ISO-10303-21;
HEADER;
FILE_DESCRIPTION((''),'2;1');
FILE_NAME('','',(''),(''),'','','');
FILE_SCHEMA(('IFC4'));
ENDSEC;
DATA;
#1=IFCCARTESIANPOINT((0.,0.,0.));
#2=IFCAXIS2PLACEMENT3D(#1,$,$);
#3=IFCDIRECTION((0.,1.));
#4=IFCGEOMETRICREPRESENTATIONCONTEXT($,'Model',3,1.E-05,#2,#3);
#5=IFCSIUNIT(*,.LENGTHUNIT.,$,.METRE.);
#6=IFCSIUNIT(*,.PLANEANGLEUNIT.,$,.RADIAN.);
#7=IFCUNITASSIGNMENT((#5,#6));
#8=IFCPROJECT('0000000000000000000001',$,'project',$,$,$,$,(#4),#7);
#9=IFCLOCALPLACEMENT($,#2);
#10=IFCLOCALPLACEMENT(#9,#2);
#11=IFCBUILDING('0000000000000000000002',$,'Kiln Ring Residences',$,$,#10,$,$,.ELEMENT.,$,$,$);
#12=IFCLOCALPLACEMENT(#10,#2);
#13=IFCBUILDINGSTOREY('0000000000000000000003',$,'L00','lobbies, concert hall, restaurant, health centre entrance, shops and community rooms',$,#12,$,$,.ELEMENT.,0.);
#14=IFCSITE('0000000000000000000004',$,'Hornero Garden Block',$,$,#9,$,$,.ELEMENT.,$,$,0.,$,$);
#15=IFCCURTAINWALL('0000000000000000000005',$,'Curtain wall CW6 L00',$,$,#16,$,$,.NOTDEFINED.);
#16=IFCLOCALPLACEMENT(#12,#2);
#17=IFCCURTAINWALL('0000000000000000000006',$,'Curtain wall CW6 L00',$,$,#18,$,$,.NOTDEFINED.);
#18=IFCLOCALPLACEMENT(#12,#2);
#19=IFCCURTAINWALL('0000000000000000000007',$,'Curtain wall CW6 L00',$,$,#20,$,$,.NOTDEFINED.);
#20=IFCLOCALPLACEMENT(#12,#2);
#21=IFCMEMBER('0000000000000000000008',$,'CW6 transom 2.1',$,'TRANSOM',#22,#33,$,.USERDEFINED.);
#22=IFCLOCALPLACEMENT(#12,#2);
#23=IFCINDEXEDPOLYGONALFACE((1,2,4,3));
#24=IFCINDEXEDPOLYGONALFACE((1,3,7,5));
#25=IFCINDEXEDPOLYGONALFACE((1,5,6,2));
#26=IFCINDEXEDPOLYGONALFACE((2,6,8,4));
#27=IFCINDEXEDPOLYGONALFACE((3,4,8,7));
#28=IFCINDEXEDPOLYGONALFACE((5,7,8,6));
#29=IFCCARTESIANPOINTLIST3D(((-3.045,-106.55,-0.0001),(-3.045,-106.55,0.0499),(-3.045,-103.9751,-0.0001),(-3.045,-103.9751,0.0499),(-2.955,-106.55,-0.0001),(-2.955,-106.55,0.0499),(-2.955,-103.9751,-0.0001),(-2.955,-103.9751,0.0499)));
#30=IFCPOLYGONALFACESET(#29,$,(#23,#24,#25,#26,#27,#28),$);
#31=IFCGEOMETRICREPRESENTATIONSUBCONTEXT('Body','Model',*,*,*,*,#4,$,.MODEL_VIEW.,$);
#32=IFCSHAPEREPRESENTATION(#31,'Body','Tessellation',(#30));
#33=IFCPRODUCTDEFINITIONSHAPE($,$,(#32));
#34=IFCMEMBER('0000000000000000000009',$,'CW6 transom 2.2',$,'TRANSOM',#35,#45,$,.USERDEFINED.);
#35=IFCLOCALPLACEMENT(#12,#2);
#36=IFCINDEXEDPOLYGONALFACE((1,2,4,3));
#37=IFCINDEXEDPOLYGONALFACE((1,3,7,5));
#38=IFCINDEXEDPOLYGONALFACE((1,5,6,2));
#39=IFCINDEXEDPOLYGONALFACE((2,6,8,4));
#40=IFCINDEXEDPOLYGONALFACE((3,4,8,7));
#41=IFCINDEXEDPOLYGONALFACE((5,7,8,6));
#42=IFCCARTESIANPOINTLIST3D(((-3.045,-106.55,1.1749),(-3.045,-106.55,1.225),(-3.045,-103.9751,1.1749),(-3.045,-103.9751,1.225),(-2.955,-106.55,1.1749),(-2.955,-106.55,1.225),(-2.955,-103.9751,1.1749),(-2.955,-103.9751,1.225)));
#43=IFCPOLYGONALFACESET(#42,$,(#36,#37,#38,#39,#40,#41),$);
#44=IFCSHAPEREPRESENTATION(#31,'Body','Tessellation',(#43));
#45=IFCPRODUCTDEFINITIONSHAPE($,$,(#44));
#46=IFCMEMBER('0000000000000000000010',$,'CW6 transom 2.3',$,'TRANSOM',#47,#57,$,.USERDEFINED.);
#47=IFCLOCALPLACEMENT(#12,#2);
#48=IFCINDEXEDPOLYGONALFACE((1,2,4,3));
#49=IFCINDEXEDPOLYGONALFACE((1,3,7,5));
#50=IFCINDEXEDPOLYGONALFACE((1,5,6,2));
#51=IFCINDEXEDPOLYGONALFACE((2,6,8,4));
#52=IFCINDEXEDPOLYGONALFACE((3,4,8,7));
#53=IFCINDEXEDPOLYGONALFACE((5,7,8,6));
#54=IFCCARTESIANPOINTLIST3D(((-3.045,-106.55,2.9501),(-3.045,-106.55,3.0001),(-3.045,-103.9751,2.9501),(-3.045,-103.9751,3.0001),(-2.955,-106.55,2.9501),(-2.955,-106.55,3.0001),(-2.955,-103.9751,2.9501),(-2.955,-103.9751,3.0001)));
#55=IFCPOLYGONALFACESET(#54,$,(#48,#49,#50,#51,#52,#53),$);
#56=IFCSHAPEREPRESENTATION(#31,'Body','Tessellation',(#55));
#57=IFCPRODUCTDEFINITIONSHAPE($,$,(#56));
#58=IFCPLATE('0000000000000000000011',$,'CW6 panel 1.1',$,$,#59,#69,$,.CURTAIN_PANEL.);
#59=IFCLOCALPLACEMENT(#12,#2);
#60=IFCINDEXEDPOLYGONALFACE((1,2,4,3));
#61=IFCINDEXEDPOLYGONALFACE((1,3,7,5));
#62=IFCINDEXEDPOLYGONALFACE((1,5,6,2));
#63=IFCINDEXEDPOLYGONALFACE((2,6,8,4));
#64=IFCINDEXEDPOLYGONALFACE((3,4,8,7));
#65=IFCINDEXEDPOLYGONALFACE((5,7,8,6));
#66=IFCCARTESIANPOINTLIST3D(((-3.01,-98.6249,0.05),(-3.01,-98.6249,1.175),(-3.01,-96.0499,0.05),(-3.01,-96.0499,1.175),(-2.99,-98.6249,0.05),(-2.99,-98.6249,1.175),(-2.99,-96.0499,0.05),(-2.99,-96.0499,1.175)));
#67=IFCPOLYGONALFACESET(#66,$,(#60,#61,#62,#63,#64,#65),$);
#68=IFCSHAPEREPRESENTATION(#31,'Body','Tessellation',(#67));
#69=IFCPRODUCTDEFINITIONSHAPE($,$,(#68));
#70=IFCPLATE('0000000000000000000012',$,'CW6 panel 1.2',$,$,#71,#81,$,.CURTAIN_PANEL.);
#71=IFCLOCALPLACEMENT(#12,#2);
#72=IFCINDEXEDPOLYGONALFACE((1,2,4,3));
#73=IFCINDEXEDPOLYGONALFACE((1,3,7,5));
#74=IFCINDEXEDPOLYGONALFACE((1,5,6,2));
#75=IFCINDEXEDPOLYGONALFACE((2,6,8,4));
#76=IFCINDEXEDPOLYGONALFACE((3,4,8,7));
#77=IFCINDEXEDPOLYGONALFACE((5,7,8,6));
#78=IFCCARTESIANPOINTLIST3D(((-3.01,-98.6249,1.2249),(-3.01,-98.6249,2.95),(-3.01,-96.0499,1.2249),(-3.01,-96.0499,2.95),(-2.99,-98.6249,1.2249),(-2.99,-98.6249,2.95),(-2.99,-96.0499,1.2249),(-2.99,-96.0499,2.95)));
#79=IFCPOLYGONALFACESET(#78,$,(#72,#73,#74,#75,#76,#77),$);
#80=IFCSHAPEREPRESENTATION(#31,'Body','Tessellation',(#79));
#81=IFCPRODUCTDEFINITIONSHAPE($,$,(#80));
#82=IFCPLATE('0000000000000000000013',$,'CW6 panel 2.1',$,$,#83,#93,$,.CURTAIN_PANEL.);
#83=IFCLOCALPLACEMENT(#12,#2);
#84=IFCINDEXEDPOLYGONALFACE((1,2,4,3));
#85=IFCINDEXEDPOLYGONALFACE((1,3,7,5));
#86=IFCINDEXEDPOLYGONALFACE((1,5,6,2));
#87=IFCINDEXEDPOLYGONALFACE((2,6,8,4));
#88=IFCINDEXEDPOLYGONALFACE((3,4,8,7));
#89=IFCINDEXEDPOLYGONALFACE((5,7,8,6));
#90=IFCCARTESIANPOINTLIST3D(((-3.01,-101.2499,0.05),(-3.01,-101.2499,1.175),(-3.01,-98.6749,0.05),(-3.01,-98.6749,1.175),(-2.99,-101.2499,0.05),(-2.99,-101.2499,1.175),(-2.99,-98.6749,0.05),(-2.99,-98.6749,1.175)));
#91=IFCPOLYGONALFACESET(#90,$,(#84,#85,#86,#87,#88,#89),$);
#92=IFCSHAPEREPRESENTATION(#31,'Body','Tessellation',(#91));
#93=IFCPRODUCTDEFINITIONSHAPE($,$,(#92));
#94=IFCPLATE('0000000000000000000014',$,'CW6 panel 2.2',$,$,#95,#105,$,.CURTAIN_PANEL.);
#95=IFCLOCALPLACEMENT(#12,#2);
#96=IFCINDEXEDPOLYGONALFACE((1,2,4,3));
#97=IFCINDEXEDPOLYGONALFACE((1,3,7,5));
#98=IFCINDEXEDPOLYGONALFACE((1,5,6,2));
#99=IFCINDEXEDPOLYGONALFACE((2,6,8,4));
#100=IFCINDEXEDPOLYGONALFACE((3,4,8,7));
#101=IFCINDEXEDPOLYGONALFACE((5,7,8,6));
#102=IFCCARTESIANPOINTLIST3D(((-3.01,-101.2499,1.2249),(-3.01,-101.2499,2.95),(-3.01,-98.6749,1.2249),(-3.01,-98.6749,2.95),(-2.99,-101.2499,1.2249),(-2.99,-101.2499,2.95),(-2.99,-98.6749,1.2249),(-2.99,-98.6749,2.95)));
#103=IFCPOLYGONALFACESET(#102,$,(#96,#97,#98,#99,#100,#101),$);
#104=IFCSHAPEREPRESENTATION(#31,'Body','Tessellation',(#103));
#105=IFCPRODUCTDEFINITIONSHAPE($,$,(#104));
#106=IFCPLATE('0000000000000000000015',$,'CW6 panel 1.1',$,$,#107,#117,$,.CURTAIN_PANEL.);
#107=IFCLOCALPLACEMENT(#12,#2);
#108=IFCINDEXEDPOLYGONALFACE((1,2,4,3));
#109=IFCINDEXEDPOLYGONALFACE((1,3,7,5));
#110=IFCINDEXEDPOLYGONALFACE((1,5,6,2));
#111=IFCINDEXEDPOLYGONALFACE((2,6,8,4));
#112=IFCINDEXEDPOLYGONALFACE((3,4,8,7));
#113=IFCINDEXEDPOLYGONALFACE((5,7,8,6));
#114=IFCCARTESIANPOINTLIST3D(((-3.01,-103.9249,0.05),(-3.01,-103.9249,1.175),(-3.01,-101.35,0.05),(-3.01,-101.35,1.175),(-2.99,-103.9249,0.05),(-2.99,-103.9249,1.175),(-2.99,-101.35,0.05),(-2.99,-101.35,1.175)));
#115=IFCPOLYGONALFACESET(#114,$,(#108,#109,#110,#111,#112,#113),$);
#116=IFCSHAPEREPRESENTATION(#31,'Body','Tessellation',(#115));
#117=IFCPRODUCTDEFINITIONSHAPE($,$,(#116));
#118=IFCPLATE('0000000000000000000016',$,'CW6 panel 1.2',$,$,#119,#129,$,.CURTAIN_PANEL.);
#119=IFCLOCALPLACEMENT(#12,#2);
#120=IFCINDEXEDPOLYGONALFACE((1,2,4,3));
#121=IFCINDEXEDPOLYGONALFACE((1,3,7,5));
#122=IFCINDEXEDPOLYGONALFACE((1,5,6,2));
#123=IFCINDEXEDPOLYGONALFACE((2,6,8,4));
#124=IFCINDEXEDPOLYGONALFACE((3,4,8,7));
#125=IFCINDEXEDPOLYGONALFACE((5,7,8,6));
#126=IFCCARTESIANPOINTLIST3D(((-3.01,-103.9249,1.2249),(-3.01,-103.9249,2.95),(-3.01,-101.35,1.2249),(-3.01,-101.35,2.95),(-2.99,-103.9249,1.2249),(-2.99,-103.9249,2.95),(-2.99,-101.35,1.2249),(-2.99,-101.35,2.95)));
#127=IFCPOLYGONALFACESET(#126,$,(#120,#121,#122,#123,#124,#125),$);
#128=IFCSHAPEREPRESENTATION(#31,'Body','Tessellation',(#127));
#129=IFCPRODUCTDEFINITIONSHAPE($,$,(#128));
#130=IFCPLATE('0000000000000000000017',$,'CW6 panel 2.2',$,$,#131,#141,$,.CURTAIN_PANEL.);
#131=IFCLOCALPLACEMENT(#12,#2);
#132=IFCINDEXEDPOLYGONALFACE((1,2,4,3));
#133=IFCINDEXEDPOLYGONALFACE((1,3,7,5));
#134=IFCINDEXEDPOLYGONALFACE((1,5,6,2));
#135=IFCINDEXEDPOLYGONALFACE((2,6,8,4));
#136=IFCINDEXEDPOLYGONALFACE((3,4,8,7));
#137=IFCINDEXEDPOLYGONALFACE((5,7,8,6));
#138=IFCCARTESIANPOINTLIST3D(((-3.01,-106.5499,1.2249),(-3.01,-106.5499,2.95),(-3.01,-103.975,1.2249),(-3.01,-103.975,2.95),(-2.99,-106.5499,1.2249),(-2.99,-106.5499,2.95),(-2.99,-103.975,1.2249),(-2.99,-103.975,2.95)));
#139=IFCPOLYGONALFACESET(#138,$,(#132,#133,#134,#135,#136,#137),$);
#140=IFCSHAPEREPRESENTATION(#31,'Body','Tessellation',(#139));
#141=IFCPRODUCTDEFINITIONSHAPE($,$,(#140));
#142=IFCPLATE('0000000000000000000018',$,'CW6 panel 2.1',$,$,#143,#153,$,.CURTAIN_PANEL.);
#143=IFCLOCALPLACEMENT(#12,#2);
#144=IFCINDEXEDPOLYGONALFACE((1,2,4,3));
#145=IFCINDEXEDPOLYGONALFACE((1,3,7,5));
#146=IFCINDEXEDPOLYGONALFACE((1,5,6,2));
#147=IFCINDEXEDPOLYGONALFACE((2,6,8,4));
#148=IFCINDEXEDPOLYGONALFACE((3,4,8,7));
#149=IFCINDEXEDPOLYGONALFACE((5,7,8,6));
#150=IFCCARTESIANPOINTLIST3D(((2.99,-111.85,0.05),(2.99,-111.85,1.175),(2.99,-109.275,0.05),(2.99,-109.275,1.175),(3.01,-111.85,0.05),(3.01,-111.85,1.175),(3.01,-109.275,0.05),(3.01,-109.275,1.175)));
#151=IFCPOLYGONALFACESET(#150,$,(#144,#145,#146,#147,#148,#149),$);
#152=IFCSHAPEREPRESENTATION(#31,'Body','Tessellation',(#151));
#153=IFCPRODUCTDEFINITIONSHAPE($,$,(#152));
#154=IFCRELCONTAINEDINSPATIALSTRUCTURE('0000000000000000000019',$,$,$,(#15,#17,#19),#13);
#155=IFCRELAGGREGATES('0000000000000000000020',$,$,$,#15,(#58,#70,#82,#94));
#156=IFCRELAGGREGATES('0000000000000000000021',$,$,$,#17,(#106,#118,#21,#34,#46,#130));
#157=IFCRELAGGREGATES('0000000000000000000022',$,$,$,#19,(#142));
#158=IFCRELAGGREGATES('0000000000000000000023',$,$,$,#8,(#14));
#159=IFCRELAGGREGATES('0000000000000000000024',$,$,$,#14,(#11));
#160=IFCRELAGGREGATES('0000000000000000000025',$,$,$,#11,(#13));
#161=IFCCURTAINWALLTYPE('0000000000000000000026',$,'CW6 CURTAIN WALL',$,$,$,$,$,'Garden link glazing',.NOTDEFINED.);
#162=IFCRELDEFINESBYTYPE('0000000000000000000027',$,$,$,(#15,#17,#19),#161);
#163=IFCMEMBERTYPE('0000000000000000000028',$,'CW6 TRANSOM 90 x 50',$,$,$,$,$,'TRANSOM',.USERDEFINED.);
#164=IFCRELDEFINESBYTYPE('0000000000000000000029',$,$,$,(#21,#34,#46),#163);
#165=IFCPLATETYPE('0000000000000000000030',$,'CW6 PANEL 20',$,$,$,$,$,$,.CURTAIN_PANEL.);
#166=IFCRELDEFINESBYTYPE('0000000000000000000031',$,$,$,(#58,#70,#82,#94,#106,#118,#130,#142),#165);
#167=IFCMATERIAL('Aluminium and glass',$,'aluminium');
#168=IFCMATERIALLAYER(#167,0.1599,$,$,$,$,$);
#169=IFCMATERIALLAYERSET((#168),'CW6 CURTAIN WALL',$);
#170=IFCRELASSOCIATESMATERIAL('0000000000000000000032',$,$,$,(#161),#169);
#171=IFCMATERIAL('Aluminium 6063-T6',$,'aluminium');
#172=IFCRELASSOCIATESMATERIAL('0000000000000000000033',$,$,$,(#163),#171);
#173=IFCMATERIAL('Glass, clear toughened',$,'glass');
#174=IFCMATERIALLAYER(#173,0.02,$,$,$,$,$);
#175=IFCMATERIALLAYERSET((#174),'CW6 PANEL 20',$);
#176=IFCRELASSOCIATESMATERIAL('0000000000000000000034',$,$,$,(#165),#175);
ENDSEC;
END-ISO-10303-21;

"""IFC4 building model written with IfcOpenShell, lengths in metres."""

from ifc_helpers import new_model, si_unit, direction, frame, origin, origin_2d, place, context, subcontext, project, spatial, rectangle, extrude, material, layer, layer_set, material_profile, profile_set, type_object, element, aggregate, save


model = new_model("IFC4")

# Units and contexts
model_context = context("Model", 3, precision=1e-05, world=origin(), true_north=direction((0.0, 1.0)))
body_context = subcontext(model_context, "Body", "Model", "MODEL_VIEW")
ifc_project = project(units=[si_unit("LENGTHUNIT", "METRE"), si_unit("PLANEANGLEUNIT", "RADIAN")], contexts=[model_context])

# Site, building, storey
site_placement = place(None, origin())
site = spatial("IfcSite", under=ifc_project, at=site_placement, Name="Hornero Garden Block", CompositionType="ELEMENT", RefElevation=0.0)
building_placement = place(site_placement, origin())
building = spatial("IfcBuilding", under=site, at=building_placement, Name="Kiln Ring Residences", CompositionType="ELEMENT")
storey_placement = place(building_placement, origin())
storey = spatial("IfcBuildingStorey", under=building, at=storey_placement, Name="L00", Description="lobbies, concert hall, restaurant, health centre entrance, shops and community rooms", CompositionType="ELEMENT", Elevation=0.0)

# Curtain walls
ifc_material_1 = material(Name="Aluminium and glass", Category="aluminium")
ifc_layer_1 = layer(ifc_material_1, 0.1599)
ifc_layer_set_1 = layer_set([ifc_layer_1], Name="CW6 CURTAIN WALL")
curtain_wall_type = type_object("IfcCurtainWallType", Name="CW6 CURTAIN WALL", ElementType="Garden link glazing", PredefinedType="NOTDEFINED", material=ifc_layer_set_1)
placement = place(storey_placement, origin())
curtain_wall_1 = element("IfcCurtainWall", 1, at=placement, inside=storey, type_object=curtain_wall_type, Name="Curtain wall CW6 L00", PredefinedType="NOTDEFINED")
curtain_wall_2 = element("IfcCurtainWall", 2, at=placement, inside=storey, type_object=curtain_wall_type, Name="Curtain wall CW6 L00", PredefinedType="NOTDEFINED")

# Curtain wall
curtain_wall_3 = element("IfcCurtainWall", 3, at=placement, inside=storey, type_object=curtain_wall_type, Name="Curtain wall CW6 L00", PredefinedType="NOTDEFINED")

# Members
ifc_material_2 = material(Name="Aluminium 6063-T6", Category="aluminium")
ifc_material_profile_1 = material_profile(ifc_material_2, rectangle(XDim=0.0901, YDim=0.05, at=origin_2d()), Name="AL 90x50")
ifc_profile_set_1 = profile_set([ifc_material_profile_1], Name="Aluminium 6063-T6")
member_type_1 = type_object("IfcMemberType", Name="CW6 TRANSOM 90 x 50", ElementType="TRANSOM", PredefinedType="USERDEFINED", material=ifc_profile_set_1)
member_1_placement = place(storey_placement, frame((-3.0, -103.9751, 0.0249), z_axis=(0.0, -1.0, 0.0), x_axis=(1.0, 0.0, 0.0)))
member_1 = element("IfcMember", 4, at=member_1_placement, type_object=member_type_1, Name="CW6 transom 2.1", ObjectType="TRANSOM", PredefinedType="USERDEFINED", context=body_context, shape_type="SweptSolid", body=[
    extrude(rectangle(XDim=0.0901, YDim=0.05, at=origin_2d()), origin(), (0.0, 0.0, 1.0), 2.575),
])
member_2_placement = place(storey_placement, frame((-3.0, -103.9751, 1.2), z_axis=(0.0, -1.0, 0.0), x_axis=(1.0, 0.0, 0.0)))
member_2 = element("IfcMember", 5, at=member_2_placement, type_object=member_type_1, Name="CW6 transom 2.2", ObjectType="TRANSOM", PredefinedType="USERDEFINED", context=body_context, shape_type="SweptSolid", body=[
    extrude(rectangle(XDim=0.0901, YDim=0.05, at=origin_2d()), origin(), (0.0, 0.0, 1.0), 2.575),
])
member_3_placement = place(storey_placement, frame((-3.0, -103.9751, 2.9751), z_axis=(0.0, -1.0, 0.0), x_axis=(1.0, 0.0, 0.0)))
member_3 = element("IfcMember", 6, at=member_3_placement, type_object=member_type_1, Name="CW6 transom 2.3", ObjectType="TRANSOM", PredefinedType="USERDEFINED", context=body_context, shape_type="SweptSolid", body=[
    extrude(rectangle(XDim=0.0901, YDim=0.05, at=origin_2d()), origin(), (0.0, 0.0, 1.0), 2.575),
])

# Plates
ifc_material_3 = material(Name="Glass, clear toughened", Category="glass")
ifc_layer_2 = layer(ifc_material_3, 0.02)
ifc_layer_set_2 = layer_set([ifc_layer_2], Name="CW6 PANEL 20")
plate_type = type_object("IfcPlateType", Name="CW6 PANEL 20", PredefinedType="CURTAIN_PANEL", material=ifc_layer_set_2)
plate_1_placement = place(storey_placement, frame((-3.0, -97.3374, 0.05), z_axis=(0.0, 0.0, 1.0), x_axis=(0.0, -1.0, 0.0)))
plate_1 = element("IfcPlate", 7, at=plate_1_placement, type_object=plate_type, Name="CW6 panel 1.1", PredefinedType="CURTAIN_PANEL", context=body_context, shape_type="SweptSolid", body=[
    extrude(rectangle(XDim=2.575, YDim=0.02, at=origin_2d()), origin(), (0.0, 0.0, 1.0), 1.125),
])
plate_2_placement = place(storey_placement, frame((-3.0, -97.3374, 1.2249), z_axis=(0.0, 0.0, 1.0), x_axis=(0.0, -1.0, 0.0)))
plate_2 = element("IfcPlate", 8, at=plate_2_placement, type_object=plate_type, Name="CW6 panel 1.2", PredefinedType="CURTAIN_PANEL", context=body_context, shape_type="SweptSolid", body=[
    extrude(rectangle(XDim=2.575, YDim=0.02, at=origin_2d()), origin(), (0.0, 0.0, 1.0), 1.7251),
])
plate_3_placement = place(storey_placement, frame((-3.0, -99.9624, 0.05), z_axis=(0.0, 0.0, 1.0), x_axis=(0.0, -1.0, 0.0)))
plate_3 = element("IfcPlate", 9, at=plate_3_placement, type_object=plate_type, Name="CW6 panel 2.1", PredefinedType="CURTAIN_PANEL", context=body_context, shape_type="SweptSolid", body=[
    extrude(rectangle(XDim=2.575, YDim=0.02, at=origin_2d()), origin(), (0.0, 0.0, 1.0), 1.125),
])
plate_4_placement = place(storey_placement, frame((-3.0, -99.9624, 1.2249), z_axis=(0.0, 0.0, 1.0), x_axis=(0.0, -1.0, 0.0)))
plate_4 = element("IfcPlate", 10, at=plate_4_placement, type_object=plate_type, Name="CW6 panel 2.2", PredefinedType="CURTAIN_PANEL", context=body_context, shape_type="SweptSolid", body=[
    extrude(rectangle(XDim=2.575, YDim=0.02, at=origin_2d()), origin(), (0.0, 0.0, 1.0), 1.7251),
])
aggregate(curtain_wall_1, [plate_1, plate_2, plate_3, plate_4])
plate_5_placement = place(storey_placement, frame((-3.0, -102.6375, 0.05), z_axis=(0.0, 0.0, 1.0), x_axis=(0.0, -1.0, 0.0)))
plate_5 = element("IfcPlate", 11, at=plate_5_placement, type_object=plate_type, Name="CW6 panel 1.1", PredefinedType="CURTAIN_PANEL", context=body_context, shape_type="SweptSolid", body=[
    extrude(rectangle(XDim=2.575, YDim=0.02, at=origin_2d()), origin(), (0.0, 0.0, 1.0), 1.125),
])
plate_6_placement = place(storey_placement, frame((-3.0, -102.6375, 1.2249), z_axis=(0.0, 0.0, 1.0), x_axis=(0.0, -1.0, 0.0)))
plate_6 = element("IfcPlate", 12, at=plate_6_placement, type_object=plate_type, Name="CW6 panel 1.2", PredefinedType="CURTAIN_PANEL", context=body_context, shape_type="SweptSolid", body=[
    extrude(rectangle(XDim=2.575, YDim=0.02, at=origin_2d()), origin(), (0.0, 0.0, 1.0), 1.7251),
])
plate_7_placement = place(storey_placement, frame((-3.0, -105.2625, 1.2249), z_axis=(0.0, 0.0, 1.0), x_axis=(0.0, -1.0, 0.0)))
plate_7 = element("IfcPlate", 13, at=plate_7_placement, type_object=plate_type, Name="CW6 panel 2.2", PredefinedType="CURTAIN_PANEL", context=body_context, shape_type="SweptSolid", body=[
    extrude(rectangle(XDim=2.575, YDim=0.02, at=origin_2d()), origin(), (0.0, 0.0, 1.0), 1.7251),
])
aggregate(curtain_wall_2, [plate_5, plate_6, member_1, member_2, member_3, plate_7])
plate_8_placement = place(storey_placement, frame((3.0, -110.5625, 0.05), z_axis=(0.0, 0.0, 1.0), x_axis=(0.0, -1.0, 0.0)))
plate_8 = element("IfcPlate", 14, at=plate_8_placement, type_object=plate_type, Name="CW6 panel 2.1", PredefinedType="CURTAIN_PANEL", context=body_context, shape_type="SweptSolid", body=[
    extrude(rectangle(XDim=2.575, YDim=0.02, at=origin_2d()), origin(), (0.0, 0.0, 1.0), 1.125),
])
aggregate(curtain_wall_3, [plate_8])

save(model, "model.ifc")
